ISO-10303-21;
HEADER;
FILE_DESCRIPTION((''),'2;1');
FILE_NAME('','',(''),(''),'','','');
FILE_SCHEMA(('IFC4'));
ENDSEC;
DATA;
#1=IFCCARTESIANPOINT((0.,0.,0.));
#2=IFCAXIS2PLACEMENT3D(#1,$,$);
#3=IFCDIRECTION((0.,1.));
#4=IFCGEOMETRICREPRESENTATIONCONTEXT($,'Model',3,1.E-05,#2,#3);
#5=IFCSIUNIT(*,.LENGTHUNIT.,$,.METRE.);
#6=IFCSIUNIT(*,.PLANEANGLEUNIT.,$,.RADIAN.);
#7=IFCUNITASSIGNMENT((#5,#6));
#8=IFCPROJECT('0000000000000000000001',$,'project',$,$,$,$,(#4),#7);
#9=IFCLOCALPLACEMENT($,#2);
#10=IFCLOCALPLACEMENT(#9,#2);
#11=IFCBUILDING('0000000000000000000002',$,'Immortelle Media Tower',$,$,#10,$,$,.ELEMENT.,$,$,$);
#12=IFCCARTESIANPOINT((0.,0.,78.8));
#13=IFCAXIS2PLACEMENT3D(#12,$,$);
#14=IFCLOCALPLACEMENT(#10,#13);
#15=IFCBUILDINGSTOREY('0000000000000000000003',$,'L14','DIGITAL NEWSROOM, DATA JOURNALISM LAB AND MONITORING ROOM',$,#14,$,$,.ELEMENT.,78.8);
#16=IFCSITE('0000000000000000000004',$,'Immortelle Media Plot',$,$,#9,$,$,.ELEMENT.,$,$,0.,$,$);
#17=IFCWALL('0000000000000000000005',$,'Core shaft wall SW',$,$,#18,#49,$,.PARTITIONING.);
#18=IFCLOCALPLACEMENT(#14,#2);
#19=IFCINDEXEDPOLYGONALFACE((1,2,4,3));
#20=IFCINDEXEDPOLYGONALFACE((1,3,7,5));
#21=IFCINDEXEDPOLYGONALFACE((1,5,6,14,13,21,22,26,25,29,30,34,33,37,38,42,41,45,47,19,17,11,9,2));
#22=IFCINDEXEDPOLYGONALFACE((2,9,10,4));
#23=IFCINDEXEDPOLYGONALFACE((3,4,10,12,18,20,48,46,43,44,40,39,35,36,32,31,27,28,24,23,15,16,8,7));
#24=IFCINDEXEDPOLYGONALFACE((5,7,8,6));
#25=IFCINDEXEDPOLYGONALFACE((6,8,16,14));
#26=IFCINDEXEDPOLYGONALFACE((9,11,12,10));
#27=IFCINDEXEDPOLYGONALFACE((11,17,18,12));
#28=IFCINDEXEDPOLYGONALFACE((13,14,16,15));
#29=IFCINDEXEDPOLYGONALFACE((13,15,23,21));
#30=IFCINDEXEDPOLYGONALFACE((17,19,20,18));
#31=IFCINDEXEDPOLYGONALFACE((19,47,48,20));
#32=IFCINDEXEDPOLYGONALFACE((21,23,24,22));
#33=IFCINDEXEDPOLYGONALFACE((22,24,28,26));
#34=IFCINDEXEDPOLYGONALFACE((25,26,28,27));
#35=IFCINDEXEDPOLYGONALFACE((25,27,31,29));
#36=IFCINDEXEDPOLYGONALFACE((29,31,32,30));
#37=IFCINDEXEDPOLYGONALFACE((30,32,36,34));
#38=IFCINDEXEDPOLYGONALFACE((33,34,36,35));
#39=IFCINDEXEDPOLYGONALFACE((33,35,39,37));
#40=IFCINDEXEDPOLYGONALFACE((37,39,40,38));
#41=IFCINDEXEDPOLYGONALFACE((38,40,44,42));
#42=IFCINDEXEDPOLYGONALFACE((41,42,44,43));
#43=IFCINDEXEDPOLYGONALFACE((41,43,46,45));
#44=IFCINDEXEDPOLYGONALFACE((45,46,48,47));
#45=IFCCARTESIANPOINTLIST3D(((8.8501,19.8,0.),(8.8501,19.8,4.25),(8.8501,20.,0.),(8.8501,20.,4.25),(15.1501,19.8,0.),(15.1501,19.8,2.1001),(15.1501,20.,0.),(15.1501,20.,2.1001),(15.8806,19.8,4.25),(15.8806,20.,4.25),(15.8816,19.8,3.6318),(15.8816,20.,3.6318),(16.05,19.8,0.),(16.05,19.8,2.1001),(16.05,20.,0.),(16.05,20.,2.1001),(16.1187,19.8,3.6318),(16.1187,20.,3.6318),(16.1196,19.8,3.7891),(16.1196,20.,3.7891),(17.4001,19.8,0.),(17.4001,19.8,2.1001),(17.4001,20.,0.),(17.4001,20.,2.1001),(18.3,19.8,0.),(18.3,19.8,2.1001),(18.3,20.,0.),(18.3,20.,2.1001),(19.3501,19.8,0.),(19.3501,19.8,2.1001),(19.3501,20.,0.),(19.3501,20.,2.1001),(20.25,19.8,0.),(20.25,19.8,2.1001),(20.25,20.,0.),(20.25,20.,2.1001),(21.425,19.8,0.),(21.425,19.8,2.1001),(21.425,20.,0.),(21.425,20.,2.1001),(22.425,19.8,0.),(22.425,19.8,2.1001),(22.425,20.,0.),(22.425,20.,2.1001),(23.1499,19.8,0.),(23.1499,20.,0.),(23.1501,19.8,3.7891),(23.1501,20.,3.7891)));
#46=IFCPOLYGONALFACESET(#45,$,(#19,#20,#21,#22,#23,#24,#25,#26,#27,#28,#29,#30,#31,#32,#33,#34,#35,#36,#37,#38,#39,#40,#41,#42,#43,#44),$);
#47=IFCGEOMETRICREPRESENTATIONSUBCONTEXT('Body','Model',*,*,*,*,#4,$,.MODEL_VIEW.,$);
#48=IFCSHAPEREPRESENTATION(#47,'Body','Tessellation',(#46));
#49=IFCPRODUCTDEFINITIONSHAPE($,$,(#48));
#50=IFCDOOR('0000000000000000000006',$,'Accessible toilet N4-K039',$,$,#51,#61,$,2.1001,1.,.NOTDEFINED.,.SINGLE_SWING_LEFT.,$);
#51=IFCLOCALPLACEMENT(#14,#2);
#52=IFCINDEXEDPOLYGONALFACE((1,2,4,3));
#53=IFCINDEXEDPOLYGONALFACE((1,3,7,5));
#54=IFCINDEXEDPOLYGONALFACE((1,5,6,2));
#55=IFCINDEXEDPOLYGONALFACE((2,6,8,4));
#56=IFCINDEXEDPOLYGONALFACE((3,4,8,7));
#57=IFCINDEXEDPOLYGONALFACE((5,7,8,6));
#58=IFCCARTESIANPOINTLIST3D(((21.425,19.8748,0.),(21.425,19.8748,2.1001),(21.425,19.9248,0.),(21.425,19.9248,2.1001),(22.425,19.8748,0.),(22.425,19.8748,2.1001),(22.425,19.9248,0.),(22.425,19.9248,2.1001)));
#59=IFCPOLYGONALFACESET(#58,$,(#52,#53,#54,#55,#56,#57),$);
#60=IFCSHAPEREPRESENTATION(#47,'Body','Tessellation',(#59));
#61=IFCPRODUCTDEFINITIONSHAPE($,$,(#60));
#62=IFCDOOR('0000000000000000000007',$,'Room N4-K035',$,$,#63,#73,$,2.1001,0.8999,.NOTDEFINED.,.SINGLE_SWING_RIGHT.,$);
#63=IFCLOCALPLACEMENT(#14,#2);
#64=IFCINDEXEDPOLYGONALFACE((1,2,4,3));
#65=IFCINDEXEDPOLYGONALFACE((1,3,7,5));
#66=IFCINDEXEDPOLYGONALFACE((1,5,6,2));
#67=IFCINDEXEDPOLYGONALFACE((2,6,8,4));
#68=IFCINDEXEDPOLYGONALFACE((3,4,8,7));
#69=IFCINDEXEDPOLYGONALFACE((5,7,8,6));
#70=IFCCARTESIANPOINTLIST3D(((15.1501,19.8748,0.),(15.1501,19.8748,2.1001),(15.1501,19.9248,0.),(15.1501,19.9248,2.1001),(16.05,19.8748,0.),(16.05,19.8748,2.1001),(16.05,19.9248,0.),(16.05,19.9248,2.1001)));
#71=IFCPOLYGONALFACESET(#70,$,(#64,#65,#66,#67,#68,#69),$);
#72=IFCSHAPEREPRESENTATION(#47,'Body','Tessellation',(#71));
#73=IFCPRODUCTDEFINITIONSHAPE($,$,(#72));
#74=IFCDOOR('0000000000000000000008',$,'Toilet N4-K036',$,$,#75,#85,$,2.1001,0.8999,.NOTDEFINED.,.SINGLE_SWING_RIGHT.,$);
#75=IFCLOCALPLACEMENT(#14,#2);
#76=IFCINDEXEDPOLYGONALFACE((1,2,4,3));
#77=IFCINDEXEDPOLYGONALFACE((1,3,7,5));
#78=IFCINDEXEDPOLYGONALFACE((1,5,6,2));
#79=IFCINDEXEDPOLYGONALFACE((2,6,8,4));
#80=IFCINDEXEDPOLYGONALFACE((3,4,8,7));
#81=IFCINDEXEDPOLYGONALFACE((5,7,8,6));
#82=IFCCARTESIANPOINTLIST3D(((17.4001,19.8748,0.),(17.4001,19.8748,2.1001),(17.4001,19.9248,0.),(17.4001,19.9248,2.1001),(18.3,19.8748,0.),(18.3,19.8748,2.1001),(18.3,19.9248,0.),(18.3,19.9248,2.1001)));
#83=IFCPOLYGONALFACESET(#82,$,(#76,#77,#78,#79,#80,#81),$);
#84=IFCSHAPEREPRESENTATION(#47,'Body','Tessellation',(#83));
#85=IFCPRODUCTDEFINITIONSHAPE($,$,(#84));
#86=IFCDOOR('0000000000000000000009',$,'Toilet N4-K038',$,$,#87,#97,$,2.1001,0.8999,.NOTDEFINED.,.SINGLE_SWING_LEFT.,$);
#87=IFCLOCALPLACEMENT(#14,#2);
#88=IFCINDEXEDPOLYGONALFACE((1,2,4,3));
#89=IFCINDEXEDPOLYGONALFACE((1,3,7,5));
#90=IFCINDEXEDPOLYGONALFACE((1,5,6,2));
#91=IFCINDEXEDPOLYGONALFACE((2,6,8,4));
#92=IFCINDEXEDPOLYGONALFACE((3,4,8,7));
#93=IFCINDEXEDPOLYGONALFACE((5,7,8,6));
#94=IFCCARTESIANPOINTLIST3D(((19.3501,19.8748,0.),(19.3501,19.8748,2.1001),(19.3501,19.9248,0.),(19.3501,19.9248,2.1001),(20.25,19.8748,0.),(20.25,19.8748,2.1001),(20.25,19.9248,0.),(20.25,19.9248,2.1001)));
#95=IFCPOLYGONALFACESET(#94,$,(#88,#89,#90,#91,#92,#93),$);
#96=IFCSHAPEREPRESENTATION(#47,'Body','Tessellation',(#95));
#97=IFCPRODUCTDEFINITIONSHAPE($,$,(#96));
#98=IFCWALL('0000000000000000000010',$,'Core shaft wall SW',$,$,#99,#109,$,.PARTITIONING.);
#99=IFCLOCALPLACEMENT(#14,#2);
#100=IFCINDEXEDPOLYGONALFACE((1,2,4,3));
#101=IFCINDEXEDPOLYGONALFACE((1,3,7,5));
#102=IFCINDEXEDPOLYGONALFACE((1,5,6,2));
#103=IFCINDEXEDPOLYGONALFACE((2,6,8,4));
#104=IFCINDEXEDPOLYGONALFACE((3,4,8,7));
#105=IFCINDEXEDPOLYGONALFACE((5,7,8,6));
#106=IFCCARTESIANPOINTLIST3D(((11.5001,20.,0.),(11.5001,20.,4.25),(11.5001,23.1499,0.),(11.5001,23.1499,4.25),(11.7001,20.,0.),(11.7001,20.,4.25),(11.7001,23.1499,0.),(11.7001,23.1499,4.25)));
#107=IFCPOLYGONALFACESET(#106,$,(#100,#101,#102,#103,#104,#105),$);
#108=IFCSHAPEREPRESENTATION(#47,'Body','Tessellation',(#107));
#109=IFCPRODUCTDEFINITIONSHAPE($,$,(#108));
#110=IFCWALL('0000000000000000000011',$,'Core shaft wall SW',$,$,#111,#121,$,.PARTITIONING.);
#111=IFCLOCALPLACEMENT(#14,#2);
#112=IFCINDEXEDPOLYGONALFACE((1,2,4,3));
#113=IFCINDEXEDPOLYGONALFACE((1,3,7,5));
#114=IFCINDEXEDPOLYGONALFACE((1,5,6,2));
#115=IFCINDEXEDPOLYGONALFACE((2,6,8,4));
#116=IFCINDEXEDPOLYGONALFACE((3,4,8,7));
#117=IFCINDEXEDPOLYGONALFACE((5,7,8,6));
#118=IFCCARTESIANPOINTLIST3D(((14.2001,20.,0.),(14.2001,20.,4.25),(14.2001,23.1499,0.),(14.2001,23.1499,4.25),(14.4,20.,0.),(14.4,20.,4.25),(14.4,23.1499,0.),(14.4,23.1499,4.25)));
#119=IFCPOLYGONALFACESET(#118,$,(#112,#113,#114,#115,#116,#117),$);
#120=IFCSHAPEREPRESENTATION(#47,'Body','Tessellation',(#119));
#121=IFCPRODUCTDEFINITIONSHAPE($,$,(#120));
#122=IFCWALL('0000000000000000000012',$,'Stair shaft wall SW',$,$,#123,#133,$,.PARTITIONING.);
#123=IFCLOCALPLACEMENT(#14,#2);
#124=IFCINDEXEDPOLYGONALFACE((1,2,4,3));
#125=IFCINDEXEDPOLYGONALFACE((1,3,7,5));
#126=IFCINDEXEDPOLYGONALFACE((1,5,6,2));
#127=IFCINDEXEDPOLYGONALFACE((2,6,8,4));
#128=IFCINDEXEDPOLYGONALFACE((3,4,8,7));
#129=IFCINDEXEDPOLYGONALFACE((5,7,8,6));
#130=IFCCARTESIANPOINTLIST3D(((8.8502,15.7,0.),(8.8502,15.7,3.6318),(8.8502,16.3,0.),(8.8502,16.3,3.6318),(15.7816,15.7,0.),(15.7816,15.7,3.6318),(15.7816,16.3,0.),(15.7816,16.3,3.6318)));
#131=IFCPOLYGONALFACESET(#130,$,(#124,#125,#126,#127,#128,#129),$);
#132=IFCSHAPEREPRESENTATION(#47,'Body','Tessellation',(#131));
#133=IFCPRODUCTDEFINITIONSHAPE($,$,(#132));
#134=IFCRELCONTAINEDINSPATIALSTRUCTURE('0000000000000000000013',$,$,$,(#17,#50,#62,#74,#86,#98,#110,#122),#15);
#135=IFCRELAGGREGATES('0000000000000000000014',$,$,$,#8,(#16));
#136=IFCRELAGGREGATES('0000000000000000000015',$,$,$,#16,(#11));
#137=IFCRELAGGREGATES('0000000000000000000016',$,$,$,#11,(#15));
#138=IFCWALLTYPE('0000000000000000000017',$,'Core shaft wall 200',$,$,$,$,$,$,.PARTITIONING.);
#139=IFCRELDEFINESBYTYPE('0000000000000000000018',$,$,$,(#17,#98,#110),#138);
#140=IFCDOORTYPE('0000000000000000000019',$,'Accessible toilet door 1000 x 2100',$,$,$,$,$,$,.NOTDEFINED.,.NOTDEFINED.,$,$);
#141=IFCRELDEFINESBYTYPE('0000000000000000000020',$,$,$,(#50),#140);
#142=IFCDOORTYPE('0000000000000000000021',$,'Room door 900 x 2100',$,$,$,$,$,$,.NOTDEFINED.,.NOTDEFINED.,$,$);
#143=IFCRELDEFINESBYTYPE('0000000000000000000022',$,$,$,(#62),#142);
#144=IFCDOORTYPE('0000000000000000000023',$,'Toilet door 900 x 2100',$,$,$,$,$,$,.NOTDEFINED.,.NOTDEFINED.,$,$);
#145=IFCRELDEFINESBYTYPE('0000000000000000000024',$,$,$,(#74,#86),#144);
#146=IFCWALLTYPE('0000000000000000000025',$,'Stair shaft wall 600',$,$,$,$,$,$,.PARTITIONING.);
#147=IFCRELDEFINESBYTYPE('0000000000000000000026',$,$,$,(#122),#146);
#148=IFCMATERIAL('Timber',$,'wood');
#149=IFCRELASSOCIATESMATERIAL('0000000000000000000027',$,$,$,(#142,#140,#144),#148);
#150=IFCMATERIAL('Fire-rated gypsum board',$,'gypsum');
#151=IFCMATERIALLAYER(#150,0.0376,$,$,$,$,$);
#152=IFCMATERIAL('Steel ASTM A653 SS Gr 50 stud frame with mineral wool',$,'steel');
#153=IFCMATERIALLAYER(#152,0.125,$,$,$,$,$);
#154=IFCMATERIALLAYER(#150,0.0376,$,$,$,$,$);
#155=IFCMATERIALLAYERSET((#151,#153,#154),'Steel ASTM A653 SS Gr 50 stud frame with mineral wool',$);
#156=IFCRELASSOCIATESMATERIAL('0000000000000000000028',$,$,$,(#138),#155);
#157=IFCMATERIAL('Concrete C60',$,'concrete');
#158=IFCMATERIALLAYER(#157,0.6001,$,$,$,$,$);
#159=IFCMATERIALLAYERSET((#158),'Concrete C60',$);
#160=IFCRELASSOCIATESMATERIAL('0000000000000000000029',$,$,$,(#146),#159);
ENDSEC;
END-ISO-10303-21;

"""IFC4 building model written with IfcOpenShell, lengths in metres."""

from ifc_helpers import new_model, si_unit, direction, frame, frame_2d, origin, place, context, subcontext, project, spatial, polyline, rectangle, outline, extrude, material, layer, layer_set, type_object, element, fill, save


model = new_model("IFC4")

# Units and contexts
model_context = context("Model", 3, precision=1e-05, world=origin(), true_north=direction((0.0, 1.0)))
body_context = subcontext(model_context, "Body", "Model", "MODEL_VIEW")
ifc_project = project(units=[si_unit("LENGTHUNIT", "METRE"), si_unit("PLANEANGLEUNIT", "RADIAN")], contexts=[model_context])

# Site, building, storey
site_placement = place(None, origin())
site = spatial("IfcSite", under=ifc_project, at=site_placement, Name="Immortelle Media Plot", CompositionType="ELEMENT", RefElevation=0.0)
building_placement = place(site_placement, origin())
building = spatial("IfcBuilding", under=site, at=building_placement, Name="Immortelle Media Tower", CompositionType="ELEMENT")
storey_placement = place(building_placement, frame((0.0, 0.0, 78.8)))
storey = spatial("IfcBuildingStorey", under=building, at=storey_placement, Name="L14", Description="DIGITAL NEWSROOM, DATA JOURNALISM LAB AND MONITORING ROOM", CompositionType="ELEMENT", Elevation=78.8)

# Shared definitions
ifc_material_1 = material(Name="Fire-rated gypsum board", Category="gypsum")
ifc_material_2 = material(Name="Steel ASTM A653 SS Gr 50 stud frame with mineral wool", Category="steel")

# Shared definitions
ifc_material_3 = material(Name="Timber", Category="wood")
door_type_1 = type_object("IfcDoorType", Name="Room door 900 x 2100", OperationType="NOTDEFINED", PredefinedType="NOTDEFINED", material=ifc_material_3)

# Wall, openings, doors
ifc_layer_1 = layer(ifc_material_1, 0.0376)
ifc_layer_2 = layer(ifc_material_2, 0.125)
ifc_layer_3 = layer(ifc_material_1, 0.0376)
ifc_layer_set_1 = layer_set([ifc_layer_1, ifc_layer_2, ifc_layer_3], Name="Steel ASTM A653 SS Gr 50 stud frame with mineral wool")
wall_type_1 = type_object("IfcWallType", Name="Core shaft wall 200", PredefinedType="PARTITIONING", material=ifc_layer_set_1)
wall_1_placement = place(storey_placement, frame((8.8501, 19.8999, 0.0), z_axis=(0.0, 0.0, 1.0), x_axis=(1.0, 0.0, 0.0)))
wall_1 = element("IfcWall", 1, at=wall_1_placement, inside=storey, type_object=wall_type_1, Name="Core shaft wall SW", PredefinedType="PARTITIONING", context=body_context, shape_type="SweptSolid", body=[
    extrude(outline(polyline([(0.0, 0.0), (14.2998, 0.0), (14.3, 3.7891), (7.2695, 3.7891), (7.2686, 3.6318), (7.0315, 3.6318), (7.0305, 4.25), (0.0, 4.25), (0.0, 0.0)])), frame((0.0, 0.1001, 0.0), z_axis=(0.0, -1.0, 0.0), x_axis=(1.0, 0.0, 0.0)), (0.0, 0.0, 1.0), 0.2),
])
opening_1_placement = place(wall_1_placement, frame((6.3, 0.0, 0.0)))
opening_1 = element("IfcOpeningElement", 2, at=opening_1_placement, cuts=wall_1, PredefinedType="OPENING", context=body_context, shape_type="SweptSolid", body=[
    extrude(rectangle(XDim=0.8999, YDim=2.1001, at=frame_2d((0.45, 1.05))), frame((0.0, 0.1099, 0.0), z_axis=(0.0, -1.0, 0.0), x_axis=(1.0, 0.0, 0.0)), (0.0, 0.0, 1.0), 0.22),
])
opening_2_placement = place(wall_1_placement, frame((8.55, 0.0, 0.0)))
opening_2 = element("IfcOpeningElement", 3, at=opening_2_placement, cuts=wall_1, PredefinedType="OPENING", context=body_context, shape_type="SweptSolid", body=[
    extrude(rectangle(XDim=0.8999, YDim=2.1001, at=frame_2d((0.45, 1.05))), frame((0.0, 0.1099, 0.0), z_axis=(0.0, -1.0, 0.0), x_axis=(1.0, 0.0, 0.0)), (0.0, 0.0, 1.0), 0.22),
])
opening_3_placement = place(wall_1_placement, frame((10.5, 0.0, 0.0)))
opening_3 = element("IfcOpeningElement", 4, at=opening_3_placement, cuts=wall_1, PredefinedType="OPENING", context=body_context, shape_type="SweptSolid", body=[
    extrude(rectangle(XDim=0.8999, YDim=2.1001, at=frame_2d((0.45, 1.05))), frame((0.0, 0.1099, 0.0), z_axis=(0.0, -1.0, 0.0), x_axis=(1.0, 0.0, 0.0)), (0.0, 0.0, 1.0), 0.22),
])
opening_4_placement = place(wall_1_placement, frame((12.575, 0.0, 0.0)))
opening_4 = element("IfcOpeningElement", 5, at=opening_4_placement, cuts=wall_1, PredefinedType="OPENING", context=body_context, shape_type="SweptSolid", body=[
    extrude(rectangle(XDim=1.0, YDim=2.1001, at=frame_2d((0.5, 1.05))), frame((0.0, 0.1099, 0.0), z_axis=(0.0, -1.0, 0.0), x_axis=(1.0, 0.0, 0.0)), (0.0, 0.0, 1.0), 0.22),
])
door_type_2 = type_object("IfcDoorType", Name="Accessible toilet door 1000 x 2100", OperationType="NOTDEFINED", PredefinedType="NOTDEFINED", material=ifc_material_3)
door_1_placement = place(opening_4_placement, origin())
door_1 = element("IfcDoor", 6, at=door_1_placement, inside=storey, type_object=door_type_2, Name="Accessible toilet N4-K039", OperationType="SINGLE_SWING_LEFT", OverallHeight=2.1001, OverallWidth=1.0, PredefinedType="NOTDEFINED", context=body_context, shape_type="SweptSolid", body=[
    extrude(rectangle(XDim=1.0, YDim=2.1001, at=frame_2d((0.5, 1.05))), frame((0.0, 0.0249, 0.0), z_axis=(0.0, -1.0, 0.0), x_axis=(1.0, 0.0, 0.0)), (0.0, 0.0, 1.0), 0.05),
])
fill(opening_4, door_1)
door_2_placement = place(opening_1_placement, origin())
door_2 = element("IfcDoor", 7, at=door_2_placement, inside=storey, type_object=door_type_1, Name="Room N4-K035", OperationType="SINGLE_SWING_RIGHT", OverallHeight=2.1001, OverallWidth=0.8999, PredefinedType="NOTDEFINED", context=body_context, shape_type="SweptSolid", body=[
    extrude(rectangle(XDim=0.8999, YDim=2.1001, at=frame_2d((0.45, 1.05))), frame((0.0, 0.0249, 0.0), z_axis=(0.0, -1.0, 0.0), x_axis=(1.0, 0.0, 0.0)), (0.0, 0.0, 1.0), 0.05),
])
fill(opening_1, door_2)
door_type_3 = type_object("IfcDoorType", Name="Toilet door 900 x 2100", OperationType="NOTDEFINED", PredefinedType="NOTDEFINED", material=ifc_material_3)
door_3_placement = place(opening_2_placement, origin())
door_3 = element("IfcDoor", 8, at=door_3_placement, inside=storey, type_object=door_type_3, Name="Toilet N4-K036", OperationType="SINGLE_SWING_RIGHT", OverallHeight=2.1001, OverallWidth=0.8999, PredefinedType="NOTDEFINED", context=body_context, shape_type="SweptSolid", body=[
    extrude(rectangle(XDim=0.8999, YDim=2.1001, at=frame_2d((0.45, 1.05))), frame((0.0, 0.0249, 0.0), z_axis=(0.0, -1.0, 0.0), x_axis=(1.0, 0.0, 0.0)), (0.0, 0.0, 1.0), 0.05),
])
fill(opening_2, door_3)
door_4_placement = place(opening_3_placement, origin())
door_4 = element("IfcDoor", 9, at=door_4_placement, inside=storey, type_object=door_type_3, Name="Toilet N4-K038", OperationType="SINGLE_SWING_LEFT", OverallHeight=2.1001, OverallWidth=0.8999, PredefinedType="NOTDEFINED", context=body_context, shape_type="SweptSolid", body=[
    extrude(rectangle(XDim=0.8999, YDim=2.1001, at=frame_2d((0.45, 1.05))), frame((0.0, 0.0249, 0.0), z_axis=(0.0, -1.0, 0.0), x_axis=(1.0, 0.0, 0.0)), (0.0, 0.0, 1.0), 0.05),
])
fill(opening_3, door_4)

# Walls
for number, where, z_axis, x_axis, name in (
    (10, (11.6001, 20.0, 0.0), (0.0, 0.0, 1.0), (0.0, 1.0, 0.0), "Core shaft wall SW"),
    (11, (14.3, 20.0, 0.0), (0.0, 0.0, 1.0), (0.0, 1.0, 0.0), "Core shaft wall SW"),
):
    element("IfcWall", number, at=place(storey_placement, frame(where, z_axis=z_axis, x_axis=x_axis)), inside=storey, type_object=wall_type_1, Name=name, PredefinedType="PARTITIONING", context=body_context, shape_type="SweptSolid", body=[
        extrude(rectangle(XDim=3.1499, YDim=0.2, at=frame_2d((1.575, 0.0))), origin(), (0.0, 0.0, 1.0), 4.25),
    ])
ifc_material_4 = material(Name="Concrete C60", Category="concrete")
ifc_layer_4 = layer(ifc_material_4, 0.6001)
ifc_layer_set_2 = layer_set([ifc_layer_4], Name="Concrete C60")
wall_type_2 = type_object("IfcWallType", Name="Stair shaft wall 600", PredefinedType="PARTITIONING", material=ifc_layer_set_2)
wall_2_placement = place(storey_placement, frame((8.8501, 16.0, 0.0), z_axis=(0.0, 0.0, 1.0), x_axis=(1.0, 0.0, 0.0)))
element("IfcWall", 12, at=wall_2_placement, inside=storey, type_object=wall_type_2, Name="Stair shaft wall SW", PredefinedType="PARTITIONING", context=body_context, shape_type="SweptSolid", body=[
    extrude(rectangle(XDim=6.9314, YDim=0.6001, at=frame_2d((3.4658, 0.0))), origin(), (0.0, 0.0, 1.0), 3.6318),
])

save(model, "model.ifc")
